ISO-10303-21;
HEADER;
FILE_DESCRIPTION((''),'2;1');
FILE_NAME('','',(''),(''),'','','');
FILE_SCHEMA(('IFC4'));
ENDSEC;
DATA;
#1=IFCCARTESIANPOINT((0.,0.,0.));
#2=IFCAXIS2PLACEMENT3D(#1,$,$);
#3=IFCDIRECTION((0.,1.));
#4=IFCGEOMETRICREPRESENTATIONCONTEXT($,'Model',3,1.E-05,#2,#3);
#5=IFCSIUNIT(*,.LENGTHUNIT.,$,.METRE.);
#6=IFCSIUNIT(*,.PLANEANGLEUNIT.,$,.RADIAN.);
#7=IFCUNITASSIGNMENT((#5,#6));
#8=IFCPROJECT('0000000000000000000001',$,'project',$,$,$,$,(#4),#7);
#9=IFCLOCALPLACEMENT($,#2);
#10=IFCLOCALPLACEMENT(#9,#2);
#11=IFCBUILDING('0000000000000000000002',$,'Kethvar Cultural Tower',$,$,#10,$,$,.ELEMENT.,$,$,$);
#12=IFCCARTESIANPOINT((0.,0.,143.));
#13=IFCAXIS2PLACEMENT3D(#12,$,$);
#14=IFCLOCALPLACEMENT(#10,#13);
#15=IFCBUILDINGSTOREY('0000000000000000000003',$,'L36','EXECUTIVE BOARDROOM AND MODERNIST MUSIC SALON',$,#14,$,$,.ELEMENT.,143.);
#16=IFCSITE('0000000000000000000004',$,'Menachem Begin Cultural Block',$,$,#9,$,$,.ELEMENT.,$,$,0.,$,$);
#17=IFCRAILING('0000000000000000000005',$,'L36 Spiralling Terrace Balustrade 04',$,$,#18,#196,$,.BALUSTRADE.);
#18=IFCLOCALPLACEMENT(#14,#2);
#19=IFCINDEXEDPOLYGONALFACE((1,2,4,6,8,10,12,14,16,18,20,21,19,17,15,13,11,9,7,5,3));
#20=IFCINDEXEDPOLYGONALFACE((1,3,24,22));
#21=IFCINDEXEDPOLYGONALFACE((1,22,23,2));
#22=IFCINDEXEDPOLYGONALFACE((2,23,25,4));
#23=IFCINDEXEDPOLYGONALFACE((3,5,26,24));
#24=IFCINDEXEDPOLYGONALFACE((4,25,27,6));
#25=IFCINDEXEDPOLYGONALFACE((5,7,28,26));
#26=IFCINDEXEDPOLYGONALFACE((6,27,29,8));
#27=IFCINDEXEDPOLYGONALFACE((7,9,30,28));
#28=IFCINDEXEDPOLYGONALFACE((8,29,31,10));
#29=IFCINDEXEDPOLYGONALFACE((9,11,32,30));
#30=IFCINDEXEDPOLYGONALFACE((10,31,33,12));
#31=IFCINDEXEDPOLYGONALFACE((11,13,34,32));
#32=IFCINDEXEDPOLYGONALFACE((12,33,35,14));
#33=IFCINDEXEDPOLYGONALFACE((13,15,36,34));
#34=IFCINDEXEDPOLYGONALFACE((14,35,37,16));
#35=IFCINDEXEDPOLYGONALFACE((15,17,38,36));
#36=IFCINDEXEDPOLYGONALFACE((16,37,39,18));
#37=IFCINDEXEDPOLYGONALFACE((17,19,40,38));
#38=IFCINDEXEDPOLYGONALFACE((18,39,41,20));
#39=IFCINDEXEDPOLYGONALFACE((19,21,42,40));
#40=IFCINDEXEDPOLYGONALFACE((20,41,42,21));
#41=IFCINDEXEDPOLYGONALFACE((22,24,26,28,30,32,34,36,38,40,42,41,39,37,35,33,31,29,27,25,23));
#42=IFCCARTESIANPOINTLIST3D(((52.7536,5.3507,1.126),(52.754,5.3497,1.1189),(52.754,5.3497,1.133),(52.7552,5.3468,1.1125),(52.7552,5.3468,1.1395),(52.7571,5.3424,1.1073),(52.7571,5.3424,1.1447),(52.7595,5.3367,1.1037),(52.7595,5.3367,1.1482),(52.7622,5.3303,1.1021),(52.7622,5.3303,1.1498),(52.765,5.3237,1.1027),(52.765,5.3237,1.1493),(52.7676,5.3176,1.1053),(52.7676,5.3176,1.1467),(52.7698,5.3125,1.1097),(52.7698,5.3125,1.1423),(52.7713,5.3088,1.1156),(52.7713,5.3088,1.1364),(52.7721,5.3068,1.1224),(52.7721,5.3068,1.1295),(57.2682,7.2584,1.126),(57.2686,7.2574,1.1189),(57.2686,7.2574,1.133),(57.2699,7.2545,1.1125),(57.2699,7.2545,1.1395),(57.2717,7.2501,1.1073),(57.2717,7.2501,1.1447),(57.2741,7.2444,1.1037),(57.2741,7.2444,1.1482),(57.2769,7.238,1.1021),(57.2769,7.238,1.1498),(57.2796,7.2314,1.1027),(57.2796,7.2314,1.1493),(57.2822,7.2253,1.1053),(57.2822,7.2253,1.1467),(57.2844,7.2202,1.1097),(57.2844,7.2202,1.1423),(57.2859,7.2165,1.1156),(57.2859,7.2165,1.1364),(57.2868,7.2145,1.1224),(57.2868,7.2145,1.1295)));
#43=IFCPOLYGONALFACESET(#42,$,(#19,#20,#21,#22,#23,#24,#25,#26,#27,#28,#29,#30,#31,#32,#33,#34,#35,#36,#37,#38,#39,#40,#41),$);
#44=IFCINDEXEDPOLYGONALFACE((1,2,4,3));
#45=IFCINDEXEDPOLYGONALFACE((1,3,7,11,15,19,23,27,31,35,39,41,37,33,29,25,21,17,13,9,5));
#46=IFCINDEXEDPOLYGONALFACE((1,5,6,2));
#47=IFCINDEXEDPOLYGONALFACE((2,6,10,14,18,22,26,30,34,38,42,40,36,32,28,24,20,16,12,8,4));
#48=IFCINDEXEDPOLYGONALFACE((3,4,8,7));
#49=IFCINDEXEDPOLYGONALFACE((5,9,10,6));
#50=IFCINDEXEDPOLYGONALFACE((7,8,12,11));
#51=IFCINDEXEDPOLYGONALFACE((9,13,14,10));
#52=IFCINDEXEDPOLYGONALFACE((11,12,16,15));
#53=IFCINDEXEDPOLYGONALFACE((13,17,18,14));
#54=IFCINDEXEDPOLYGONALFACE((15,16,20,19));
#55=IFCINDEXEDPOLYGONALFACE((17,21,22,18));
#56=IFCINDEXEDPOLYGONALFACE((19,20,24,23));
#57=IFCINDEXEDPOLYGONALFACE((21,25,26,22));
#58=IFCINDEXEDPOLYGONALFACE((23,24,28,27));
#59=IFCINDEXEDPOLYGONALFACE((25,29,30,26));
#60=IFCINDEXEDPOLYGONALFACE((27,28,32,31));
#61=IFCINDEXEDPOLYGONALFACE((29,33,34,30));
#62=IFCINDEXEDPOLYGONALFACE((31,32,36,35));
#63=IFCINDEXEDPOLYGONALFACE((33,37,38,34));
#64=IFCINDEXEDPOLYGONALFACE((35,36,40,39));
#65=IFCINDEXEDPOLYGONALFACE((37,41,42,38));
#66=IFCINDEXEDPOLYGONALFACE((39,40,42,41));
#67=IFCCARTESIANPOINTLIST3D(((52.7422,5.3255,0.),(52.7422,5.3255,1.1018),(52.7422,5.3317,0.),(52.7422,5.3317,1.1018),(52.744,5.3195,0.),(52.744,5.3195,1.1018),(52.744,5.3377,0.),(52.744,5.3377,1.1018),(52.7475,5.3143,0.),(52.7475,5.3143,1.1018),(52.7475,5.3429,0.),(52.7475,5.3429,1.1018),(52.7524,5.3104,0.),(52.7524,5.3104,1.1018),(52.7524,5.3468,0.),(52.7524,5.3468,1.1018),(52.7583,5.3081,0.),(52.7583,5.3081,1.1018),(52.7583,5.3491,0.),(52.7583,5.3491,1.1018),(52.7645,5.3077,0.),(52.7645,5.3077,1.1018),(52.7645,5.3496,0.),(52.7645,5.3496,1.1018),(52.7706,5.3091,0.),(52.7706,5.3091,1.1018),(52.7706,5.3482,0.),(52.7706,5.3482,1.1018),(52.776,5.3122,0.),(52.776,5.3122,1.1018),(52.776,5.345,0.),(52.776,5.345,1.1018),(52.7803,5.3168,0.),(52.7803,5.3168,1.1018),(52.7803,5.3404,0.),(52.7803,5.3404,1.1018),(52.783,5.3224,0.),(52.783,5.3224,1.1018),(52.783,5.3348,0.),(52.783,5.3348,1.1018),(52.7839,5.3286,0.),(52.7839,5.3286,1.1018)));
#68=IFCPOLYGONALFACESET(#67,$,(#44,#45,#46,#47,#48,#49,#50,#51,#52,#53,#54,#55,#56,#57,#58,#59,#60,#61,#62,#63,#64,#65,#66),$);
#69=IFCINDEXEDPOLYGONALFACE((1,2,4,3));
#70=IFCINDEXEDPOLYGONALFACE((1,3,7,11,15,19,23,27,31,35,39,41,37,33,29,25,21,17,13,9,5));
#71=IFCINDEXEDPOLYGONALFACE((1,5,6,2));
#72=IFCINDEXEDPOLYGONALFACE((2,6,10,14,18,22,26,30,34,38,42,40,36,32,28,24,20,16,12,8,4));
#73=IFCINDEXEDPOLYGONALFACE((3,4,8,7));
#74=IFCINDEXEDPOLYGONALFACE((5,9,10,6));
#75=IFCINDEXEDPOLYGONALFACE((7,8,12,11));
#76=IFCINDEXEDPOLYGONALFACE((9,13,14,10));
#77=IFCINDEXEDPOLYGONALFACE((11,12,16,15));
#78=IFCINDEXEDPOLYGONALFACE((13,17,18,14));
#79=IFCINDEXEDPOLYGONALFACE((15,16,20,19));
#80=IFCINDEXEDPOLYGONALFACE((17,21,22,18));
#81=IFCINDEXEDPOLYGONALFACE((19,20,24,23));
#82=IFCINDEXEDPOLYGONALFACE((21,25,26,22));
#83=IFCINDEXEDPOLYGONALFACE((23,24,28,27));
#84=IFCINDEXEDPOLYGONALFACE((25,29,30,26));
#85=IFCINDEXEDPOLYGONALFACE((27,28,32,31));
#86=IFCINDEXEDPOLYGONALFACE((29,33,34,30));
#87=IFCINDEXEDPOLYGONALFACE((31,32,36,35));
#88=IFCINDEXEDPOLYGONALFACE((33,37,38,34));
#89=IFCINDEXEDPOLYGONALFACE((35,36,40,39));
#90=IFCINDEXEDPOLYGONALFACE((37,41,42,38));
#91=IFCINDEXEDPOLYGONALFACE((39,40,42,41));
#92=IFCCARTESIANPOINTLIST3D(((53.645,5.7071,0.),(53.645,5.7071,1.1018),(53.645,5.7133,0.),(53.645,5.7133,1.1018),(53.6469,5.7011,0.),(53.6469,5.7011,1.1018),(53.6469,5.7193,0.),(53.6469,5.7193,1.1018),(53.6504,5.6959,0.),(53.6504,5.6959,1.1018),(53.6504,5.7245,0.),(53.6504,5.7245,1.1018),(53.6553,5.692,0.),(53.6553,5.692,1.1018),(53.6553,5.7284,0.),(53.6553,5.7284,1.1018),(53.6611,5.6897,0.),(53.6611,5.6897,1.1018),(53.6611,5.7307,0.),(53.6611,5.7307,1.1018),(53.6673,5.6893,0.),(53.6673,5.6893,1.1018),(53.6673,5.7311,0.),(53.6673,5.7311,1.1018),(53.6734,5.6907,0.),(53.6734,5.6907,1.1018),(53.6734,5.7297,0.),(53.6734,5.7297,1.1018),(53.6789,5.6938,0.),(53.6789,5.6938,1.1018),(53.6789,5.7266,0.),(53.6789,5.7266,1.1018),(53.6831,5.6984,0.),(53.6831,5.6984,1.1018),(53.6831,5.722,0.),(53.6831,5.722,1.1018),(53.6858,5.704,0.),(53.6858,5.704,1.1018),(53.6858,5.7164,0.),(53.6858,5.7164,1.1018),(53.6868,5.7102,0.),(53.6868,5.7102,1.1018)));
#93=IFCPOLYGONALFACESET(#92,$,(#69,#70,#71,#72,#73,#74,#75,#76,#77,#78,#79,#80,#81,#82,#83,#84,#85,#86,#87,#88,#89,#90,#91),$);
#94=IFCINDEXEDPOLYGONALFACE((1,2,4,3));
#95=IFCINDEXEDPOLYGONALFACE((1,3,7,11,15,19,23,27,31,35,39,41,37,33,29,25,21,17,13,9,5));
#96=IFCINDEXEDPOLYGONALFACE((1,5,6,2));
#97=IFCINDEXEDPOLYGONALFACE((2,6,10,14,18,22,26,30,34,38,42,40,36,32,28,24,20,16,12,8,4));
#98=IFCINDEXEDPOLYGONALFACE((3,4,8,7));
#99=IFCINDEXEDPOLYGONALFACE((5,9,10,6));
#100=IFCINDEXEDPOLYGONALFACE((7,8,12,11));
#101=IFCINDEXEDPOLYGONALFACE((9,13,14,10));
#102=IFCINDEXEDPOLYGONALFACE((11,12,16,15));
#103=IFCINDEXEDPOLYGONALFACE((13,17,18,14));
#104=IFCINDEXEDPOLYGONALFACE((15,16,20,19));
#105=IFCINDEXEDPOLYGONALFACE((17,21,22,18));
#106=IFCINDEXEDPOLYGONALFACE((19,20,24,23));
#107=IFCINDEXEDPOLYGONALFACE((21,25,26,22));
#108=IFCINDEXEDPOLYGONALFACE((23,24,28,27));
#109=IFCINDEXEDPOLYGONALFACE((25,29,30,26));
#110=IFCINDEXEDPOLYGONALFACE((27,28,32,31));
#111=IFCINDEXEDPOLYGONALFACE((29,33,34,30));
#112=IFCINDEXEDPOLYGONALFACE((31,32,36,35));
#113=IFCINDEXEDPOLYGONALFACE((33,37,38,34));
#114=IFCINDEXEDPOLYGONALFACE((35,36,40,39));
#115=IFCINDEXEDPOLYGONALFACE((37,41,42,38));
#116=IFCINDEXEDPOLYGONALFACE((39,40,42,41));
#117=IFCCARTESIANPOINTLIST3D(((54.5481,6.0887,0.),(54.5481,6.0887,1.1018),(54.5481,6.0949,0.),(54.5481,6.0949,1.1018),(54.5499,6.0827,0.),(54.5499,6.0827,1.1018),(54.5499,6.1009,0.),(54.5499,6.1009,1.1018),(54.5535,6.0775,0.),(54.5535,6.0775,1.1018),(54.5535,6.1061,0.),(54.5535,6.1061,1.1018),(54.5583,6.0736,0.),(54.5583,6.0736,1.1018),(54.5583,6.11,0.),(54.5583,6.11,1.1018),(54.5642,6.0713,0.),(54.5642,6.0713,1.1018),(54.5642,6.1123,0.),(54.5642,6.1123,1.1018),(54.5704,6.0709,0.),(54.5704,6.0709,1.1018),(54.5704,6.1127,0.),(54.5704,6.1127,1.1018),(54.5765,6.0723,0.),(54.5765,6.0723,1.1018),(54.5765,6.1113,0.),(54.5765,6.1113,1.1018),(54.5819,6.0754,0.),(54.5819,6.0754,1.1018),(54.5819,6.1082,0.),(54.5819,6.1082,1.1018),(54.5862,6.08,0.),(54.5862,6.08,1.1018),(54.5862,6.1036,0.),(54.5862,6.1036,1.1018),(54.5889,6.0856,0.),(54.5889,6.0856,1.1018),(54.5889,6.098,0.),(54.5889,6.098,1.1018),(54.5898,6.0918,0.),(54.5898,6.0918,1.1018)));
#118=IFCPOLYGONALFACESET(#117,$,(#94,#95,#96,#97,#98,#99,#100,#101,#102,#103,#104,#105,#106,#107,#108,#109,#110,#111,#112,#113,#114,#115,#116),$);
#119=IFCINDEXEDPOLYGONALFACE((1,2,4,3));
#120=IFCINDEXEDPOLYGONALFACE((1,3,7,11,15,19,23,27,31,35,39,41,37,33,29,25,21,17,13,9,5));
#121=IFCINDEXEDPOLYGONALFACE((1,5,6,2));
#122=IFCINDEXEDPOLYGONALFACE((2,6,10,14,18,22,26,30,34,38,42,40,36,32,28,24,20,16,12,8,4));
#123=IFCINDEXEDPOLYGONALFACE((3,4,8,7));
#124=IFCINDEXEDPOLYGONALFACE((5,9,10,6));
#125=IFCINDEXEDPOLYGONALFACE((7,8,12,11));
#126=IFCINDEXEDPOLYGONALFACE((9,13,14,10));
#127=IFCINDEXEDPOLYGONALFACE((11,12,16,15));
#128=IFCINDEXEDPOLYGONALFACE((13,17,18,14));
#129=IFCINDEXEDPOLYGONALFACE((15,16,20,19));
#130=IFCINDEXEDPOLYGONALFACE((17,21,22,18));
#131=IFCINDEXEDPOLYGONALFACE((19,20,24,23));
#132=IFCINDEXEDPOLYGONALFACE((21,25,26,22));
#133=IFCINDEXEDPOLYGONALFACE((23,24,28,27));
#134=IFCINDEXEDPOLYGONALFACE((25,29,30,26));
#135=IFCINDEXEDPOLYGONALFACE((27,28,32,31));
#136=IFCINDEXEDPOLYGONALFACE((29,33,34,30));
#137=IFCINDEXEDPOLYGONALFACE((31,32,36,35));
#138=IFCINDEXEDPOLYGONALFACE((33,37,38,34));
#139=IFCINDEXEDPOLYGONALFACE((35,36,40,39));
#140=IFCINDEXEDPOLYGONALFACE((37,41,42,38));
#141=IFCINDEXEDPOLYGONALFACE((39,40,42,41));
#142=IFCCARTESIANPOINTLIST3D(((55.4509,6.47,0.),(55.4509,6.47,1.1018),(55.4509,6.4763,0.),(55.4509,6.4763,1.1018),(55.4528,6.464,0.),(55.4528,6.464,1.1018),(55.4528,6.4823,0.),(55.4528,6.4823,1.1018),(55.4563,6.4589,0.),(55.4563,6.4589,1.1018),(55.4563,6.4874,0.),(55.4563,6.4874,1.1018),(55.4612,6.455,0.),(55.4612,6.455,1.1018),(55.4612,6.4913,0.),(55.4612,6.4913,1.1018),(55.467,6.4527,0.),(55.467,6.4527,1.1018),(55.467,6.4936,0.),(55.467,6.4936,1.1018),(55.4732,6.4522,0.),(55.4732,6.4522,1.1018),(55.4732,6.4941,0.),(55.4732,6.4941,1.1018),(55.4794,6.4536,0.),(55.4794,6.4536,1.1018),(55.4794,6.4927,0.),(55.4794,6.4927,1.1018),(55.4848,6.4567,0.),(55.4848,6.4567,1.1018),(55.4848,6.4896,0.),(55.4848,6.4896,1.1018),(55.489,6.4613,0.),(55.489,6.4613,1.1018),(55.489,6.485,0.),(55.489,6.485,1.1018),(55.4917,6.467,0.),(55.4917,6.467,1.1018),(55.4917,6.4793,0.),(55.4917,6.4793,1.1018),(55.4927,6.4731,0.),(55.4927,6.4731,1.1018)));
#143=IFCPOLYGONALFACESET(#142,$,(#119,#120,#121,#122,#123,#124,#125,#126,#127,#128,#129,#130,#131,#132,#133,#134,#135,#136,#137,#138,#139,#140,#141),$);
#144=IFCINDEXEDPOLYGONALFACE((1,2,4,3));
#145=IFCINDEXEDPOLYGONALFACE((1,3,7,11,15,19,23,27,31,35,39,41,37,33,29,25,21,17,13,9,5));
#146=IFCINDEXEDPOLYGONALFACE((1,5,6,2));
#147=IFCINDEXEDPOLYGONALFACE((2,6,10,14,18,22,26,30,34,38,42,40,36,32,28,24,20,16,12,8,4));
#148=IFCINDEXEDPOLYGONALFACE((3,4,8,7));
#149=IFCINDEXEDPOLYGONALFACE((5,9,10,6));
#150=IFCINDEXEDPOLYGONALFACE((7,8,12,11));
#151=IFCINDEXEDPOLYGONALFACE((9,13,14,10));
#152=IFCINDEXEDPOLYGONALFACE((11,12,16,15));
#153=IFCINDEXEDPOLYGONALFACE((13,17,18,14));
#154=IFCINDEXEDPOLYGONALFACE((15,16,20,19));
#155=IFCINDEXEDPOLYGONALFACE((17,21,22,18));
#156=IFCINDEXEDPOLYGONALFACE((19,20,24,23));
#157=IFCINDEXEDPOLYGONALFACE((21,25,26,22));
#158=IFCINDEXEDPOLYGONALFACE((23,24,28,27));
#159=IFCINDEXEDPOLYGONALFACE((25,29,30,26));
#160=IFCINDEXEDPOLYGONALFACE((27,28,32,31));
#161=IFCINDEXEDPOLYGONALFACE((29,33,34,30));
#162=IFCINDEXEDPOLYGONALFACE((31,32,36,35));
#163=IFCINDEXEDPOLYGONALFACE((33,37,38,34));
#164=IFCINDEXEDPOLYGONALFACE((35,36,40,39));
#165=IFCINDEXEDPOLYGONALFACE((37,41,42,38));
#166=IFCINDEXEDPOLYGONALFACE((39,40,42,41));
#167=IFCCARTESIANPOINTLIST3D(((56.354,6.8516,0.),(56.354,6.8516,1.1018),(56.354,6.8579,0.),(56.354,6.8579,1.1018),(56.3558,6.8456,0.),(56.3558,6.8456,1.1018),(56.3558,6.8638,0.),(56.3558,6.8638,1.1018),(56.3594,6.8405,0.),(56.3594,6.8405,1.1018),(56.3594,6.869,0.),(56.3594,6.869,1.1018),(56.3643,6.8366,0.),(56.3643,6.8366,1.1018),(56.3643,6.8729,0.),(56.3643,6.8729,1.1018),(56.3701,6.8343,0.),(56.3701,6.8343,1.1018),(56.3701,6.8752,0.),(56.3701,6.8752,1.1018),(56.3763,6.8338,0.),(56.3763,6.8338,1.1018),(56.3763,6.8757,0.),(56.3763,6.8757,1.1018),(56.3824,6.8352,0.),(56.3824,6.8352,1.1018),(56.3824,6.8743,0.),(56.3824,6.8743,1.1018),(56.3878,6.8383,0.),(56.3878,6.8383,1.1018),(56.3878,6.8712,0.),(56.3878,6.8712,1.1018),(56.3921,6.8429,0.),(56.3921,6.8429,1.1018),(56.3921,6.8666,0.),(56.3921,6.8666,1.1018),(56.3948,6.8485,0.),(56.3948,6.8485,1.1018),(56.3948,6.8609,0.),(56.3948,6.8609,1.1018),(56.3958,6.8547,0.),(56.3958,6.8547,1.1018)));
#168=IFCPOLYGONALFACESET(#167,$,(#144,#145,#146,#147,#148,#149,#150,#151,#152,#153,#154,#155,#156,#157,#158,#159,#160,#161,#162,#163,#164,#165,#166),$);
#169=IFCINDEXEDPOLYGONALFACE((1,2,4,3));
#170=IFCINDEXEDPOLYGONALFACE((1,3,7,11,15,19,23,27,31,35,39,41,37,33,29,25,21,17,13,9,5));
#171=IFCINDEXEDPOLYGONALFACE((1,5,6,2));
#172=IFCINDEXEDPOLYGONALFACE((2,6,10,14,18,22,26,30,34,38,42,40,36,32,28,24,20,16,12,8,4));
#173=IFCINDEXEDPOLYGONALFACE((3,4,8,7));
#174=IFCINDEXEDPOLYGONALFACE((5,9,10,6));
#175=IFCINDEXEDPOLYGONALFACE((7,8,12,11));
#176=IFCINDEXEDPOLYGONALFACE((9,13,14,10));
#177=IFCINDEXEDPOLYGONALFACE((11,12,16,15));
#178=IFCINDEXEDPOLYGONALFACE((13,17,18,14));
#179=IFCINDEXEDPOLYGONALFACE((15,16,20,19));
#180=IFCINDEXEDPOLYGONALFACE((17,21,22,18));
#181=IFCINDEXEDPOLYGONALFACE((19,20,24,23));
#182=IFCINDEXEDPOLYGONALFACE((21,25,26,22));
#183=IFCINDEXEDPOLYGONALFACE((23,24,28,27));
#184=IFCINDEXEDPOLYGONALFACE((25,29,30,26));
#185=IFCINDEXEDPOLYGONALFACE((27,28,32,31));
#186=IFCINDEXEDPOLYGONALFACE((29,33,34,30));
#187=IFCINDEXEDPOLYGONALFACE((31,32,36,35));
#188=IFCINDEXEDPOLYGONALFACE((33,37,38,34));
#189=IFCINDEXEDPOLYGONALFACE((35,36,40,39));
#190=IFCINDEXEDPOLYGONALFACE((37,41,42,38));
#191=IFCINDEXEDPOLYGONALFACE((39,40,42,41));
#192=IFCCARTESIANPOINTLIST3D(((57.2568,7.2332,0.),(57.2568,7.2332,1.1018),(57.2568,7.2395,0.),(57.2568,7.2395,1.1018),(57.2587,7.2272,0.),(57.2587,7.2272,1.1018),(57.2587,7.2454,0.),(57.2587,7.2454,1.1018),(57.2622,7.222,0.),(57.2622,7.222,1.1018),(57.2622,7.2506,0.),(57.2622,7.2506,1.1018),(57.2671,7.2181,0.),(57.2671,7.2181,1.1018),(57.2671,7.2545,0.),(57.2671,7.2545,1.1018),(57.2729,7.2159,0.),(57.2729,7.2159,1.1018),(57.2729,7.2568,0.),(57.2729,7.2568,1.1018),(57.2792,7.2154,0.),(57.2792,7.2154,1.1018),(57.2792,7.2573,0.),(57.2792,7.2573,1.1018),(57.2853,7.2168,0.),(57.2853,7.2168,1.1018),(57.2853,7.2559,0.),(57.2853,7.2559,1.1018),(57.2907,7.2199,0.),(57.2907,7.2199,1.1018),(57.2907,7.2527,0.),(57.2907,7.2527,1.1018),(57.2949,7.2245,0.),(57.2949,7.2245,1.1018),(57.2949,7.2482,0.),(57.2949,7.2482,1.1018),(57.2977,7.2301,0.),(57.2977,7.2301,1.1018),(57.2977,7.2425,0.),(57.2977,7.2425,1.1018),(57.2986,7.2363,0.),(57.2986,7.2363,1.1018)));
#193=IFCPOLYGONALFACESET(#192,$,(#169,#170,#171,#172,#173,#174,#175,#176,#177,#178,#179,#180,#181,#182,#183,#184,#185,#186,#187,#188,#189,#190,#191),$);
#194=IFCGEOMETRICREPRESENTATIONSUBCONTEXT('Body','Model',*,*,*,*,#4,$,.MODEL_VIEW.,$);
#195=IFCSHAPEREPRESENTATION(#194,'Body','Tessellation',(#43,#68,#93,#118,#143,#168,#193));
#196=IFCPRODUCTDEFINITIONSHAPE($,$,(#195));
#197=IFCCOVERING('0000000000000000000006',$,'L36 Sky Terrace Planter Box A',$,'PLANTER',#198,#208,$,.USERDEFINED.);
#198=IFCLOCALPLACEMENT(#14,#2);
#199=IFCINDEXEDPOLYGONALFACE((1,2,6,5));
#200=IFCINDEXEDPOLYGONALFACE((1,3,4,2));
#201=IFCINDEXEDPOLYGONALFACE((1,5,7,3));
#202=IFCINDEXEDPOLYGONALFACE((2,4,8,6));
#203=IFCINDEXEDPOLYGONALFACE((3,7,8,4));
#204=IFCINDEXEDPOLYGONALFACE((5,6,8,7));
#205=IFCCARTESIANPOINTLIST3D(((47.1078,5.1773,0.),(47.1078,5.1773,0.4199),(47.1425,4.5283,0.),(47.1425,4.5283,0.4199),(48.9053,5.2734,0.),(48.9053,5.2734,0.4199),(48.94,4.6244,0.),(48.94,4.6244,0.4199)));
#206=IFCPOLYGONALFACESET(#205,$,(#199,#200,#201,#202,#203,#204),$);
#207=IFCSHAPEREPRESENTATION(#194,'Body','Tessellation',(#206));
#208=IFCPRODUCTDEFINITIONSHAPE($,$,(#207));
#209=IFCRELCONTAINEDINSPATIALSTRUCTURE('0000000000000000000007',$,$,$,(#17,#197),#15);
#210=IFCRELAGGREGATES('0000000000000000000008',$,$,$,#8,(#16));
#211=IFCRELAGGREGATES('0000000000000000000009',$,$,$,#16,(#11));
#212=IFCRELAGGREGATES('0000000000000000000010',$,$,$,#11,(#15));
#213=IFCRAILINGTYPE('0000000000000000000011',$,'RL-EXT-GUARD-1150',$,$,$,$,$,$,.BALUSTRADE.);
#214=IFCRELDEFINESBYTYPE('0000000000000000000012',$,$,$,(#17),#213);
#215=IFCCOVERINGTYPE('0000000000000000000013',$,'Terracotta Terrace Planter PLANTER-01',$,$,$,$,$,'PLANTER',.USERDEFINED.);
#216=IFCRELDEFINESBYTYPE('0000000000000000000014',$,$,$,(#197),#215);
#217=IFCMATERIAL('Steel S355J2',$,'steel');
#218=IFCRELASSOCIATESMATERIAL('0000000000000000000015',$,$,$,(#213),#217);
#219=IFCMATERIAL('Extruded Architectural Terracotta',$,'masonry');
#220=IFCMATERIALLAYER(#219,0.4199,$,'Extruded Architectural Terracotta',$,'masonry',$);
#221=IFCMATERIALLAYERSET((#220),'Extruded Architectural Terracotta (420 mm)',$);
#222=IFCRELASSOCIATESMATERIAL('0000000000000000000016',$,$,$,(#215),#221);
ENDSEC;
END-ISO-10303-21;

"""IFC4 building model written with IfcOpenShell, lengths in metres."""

from ifc_helpers import new_model, si_unit, direction, frame, origin, origin_2d, place, context, subcontext, project, spatial, rectangle, circle, extrude, source, transform, mapped, material, layer, layer_set, type_object, element, save


model = new_model("IFC4")

# Units and contexts
model_context = context("Model", 3, precision=1e-05, world=origin(), true_north=direction((0.0, 1.0)))
body_context = subcontext(model_context, "Body", "Model", "MODEL_VIEW")
ifc_project = project(units=[si_unit("LENGTHUNIT", "METRE"), si_unit("PLANEANGLEUNIT", "RADIAN")], contexts=[model_context])

# Site, building, storey
site_placement = place(None, origin())
site = spatial("IfcSite", under=ifc_project, at=site_placement, Name="Menachem Begin Cultural Block", CompositionType="ELEMENT", RefElevation=0.0)
building_placement = place(site_placement, origin())
building = spatial("IfcBuilding", under=site, at=building_placement, Name="Kethvar Cultural Tower", CompositionType="ELEMENT")
storey_placement = place(building_placement, frame((0.0, 0.0, 143.0)))
storey = spatial("IfcBuildingStorey", under=building, at=storey_placement, Name="L36", Description="EXECUTIVE BOARDROOM AND MODERNIST MUSIC SALON", CompositionType="ELEMENT", Elevation=143.0)

# Shared definitions
ifc_material_1 = material(Name="Steel S355J2", Category="steel")

# Railing
railing_type = type_object("IfcRailingType", Name="RL-EXT-GUARD-1150", PredefinedType="BALUSTRADE", material=ifc_material_1)
railing_1_placement = place(storey_placement, frame((52.7629, 5.3286, 0.0)))
element("IfcRailing", 1, at=railing_1_placement, inside=storey, type_object=railing_type, Name="L36 Spiralling Terrace Balustrade 04", PredefinedType="BALUSTRADE", context=body_context, shape_type="SweptSolid", body=[
    extrude(circle(Radius=0.0239, at=origin_2d()), frame((0.0, 0.0, 1.126), z_axis=(0.921138, 0.389237, 0.0), x_axis=(-0.389237, 0.921138, 0.0)), (0.0, 0.0, 1.0), 4.9011),
    extrude(circle(Radius=0.021, at=origin_2d()), origin(), (0.0, 0.0, 1.0), 1.1018),
    extrude(circle(Radius=0.021, at=origin_2d()), frame((0.9028, 0.3816, 0.0)), (0.0, 0.0, 1.0), 1.1018),
    extrude(circle(Radius=0.021, at=origin_2d()), frame((1.8059, 0.7632, 0.0)), (0.0, 0.0, 1.0), 1.1018),
    extrude(circle(Radius=0.021, at=origin_2d()), frame((2.7087, 1.1445, 0.0)), (0.0, 0.0, 1.0), 1.1018),
    extrude(circle(Radius=0.021, at=origin_2d()), frame((3.6118, 1.5261, 0.0)), (0.0, 0.0, 1.0), 1.1018),
    extrude(circle(Radius=0.021, at=origin_2d()), frame((4.5146, 1.9077, 0.0)), (0.0, 0.0, 1.0), 1.1018),
])

# Covering
ifc_material_2 = material(Name="Extruded Architectural Terracotta", Category="masonry")
ifc_layer_1 = layer(ifc_material_2, 0.4199, Name="Extruded Architectural Terracotta", Category="masonry")
ifc_layer_set_1 = layer_set([ifc_layer_1], Name="Extruded Architectural Terracotta (420 mm)")
covering_type_1 = type_object("IfcCoveringType", Name="Terracotta Terrace Planter PLANTER-01", ElementType="PLANTER", PredefinedType="USERDEFINED", material=ifc_layer_set_1)
shared_shape_1 = source(origin(), body_context, "Body", "SweptSolid", [
    extrude(rectangle(XDim=1.8, YDim=0.6499, at=origin_2d()), origin(), (0.0, 0.0, 1.0), 0.4199),
])
covering_1_placement = place(storey_placement, frame((48.0239, 4.9009, 0.0), z_axis=(0.0, 0.0, 1.0), x_axis=(0.998574, 0.053382, 0.0)))
element("IfcCovering", 2, at=covering_1_placement, inside=storey, type_object=covering_type_1, Name="L36 Sky Terrace Planter Box A", ObjectType="PLANTER", PredefinedType="USERDEFINED", context=body_context, shape_type="MappedRepresentation", body=[
    mapped(shared_shape_1, transform((0.0, 0.0, 0.0), scale=1.0)),
])

save(model, "model.ifc")
